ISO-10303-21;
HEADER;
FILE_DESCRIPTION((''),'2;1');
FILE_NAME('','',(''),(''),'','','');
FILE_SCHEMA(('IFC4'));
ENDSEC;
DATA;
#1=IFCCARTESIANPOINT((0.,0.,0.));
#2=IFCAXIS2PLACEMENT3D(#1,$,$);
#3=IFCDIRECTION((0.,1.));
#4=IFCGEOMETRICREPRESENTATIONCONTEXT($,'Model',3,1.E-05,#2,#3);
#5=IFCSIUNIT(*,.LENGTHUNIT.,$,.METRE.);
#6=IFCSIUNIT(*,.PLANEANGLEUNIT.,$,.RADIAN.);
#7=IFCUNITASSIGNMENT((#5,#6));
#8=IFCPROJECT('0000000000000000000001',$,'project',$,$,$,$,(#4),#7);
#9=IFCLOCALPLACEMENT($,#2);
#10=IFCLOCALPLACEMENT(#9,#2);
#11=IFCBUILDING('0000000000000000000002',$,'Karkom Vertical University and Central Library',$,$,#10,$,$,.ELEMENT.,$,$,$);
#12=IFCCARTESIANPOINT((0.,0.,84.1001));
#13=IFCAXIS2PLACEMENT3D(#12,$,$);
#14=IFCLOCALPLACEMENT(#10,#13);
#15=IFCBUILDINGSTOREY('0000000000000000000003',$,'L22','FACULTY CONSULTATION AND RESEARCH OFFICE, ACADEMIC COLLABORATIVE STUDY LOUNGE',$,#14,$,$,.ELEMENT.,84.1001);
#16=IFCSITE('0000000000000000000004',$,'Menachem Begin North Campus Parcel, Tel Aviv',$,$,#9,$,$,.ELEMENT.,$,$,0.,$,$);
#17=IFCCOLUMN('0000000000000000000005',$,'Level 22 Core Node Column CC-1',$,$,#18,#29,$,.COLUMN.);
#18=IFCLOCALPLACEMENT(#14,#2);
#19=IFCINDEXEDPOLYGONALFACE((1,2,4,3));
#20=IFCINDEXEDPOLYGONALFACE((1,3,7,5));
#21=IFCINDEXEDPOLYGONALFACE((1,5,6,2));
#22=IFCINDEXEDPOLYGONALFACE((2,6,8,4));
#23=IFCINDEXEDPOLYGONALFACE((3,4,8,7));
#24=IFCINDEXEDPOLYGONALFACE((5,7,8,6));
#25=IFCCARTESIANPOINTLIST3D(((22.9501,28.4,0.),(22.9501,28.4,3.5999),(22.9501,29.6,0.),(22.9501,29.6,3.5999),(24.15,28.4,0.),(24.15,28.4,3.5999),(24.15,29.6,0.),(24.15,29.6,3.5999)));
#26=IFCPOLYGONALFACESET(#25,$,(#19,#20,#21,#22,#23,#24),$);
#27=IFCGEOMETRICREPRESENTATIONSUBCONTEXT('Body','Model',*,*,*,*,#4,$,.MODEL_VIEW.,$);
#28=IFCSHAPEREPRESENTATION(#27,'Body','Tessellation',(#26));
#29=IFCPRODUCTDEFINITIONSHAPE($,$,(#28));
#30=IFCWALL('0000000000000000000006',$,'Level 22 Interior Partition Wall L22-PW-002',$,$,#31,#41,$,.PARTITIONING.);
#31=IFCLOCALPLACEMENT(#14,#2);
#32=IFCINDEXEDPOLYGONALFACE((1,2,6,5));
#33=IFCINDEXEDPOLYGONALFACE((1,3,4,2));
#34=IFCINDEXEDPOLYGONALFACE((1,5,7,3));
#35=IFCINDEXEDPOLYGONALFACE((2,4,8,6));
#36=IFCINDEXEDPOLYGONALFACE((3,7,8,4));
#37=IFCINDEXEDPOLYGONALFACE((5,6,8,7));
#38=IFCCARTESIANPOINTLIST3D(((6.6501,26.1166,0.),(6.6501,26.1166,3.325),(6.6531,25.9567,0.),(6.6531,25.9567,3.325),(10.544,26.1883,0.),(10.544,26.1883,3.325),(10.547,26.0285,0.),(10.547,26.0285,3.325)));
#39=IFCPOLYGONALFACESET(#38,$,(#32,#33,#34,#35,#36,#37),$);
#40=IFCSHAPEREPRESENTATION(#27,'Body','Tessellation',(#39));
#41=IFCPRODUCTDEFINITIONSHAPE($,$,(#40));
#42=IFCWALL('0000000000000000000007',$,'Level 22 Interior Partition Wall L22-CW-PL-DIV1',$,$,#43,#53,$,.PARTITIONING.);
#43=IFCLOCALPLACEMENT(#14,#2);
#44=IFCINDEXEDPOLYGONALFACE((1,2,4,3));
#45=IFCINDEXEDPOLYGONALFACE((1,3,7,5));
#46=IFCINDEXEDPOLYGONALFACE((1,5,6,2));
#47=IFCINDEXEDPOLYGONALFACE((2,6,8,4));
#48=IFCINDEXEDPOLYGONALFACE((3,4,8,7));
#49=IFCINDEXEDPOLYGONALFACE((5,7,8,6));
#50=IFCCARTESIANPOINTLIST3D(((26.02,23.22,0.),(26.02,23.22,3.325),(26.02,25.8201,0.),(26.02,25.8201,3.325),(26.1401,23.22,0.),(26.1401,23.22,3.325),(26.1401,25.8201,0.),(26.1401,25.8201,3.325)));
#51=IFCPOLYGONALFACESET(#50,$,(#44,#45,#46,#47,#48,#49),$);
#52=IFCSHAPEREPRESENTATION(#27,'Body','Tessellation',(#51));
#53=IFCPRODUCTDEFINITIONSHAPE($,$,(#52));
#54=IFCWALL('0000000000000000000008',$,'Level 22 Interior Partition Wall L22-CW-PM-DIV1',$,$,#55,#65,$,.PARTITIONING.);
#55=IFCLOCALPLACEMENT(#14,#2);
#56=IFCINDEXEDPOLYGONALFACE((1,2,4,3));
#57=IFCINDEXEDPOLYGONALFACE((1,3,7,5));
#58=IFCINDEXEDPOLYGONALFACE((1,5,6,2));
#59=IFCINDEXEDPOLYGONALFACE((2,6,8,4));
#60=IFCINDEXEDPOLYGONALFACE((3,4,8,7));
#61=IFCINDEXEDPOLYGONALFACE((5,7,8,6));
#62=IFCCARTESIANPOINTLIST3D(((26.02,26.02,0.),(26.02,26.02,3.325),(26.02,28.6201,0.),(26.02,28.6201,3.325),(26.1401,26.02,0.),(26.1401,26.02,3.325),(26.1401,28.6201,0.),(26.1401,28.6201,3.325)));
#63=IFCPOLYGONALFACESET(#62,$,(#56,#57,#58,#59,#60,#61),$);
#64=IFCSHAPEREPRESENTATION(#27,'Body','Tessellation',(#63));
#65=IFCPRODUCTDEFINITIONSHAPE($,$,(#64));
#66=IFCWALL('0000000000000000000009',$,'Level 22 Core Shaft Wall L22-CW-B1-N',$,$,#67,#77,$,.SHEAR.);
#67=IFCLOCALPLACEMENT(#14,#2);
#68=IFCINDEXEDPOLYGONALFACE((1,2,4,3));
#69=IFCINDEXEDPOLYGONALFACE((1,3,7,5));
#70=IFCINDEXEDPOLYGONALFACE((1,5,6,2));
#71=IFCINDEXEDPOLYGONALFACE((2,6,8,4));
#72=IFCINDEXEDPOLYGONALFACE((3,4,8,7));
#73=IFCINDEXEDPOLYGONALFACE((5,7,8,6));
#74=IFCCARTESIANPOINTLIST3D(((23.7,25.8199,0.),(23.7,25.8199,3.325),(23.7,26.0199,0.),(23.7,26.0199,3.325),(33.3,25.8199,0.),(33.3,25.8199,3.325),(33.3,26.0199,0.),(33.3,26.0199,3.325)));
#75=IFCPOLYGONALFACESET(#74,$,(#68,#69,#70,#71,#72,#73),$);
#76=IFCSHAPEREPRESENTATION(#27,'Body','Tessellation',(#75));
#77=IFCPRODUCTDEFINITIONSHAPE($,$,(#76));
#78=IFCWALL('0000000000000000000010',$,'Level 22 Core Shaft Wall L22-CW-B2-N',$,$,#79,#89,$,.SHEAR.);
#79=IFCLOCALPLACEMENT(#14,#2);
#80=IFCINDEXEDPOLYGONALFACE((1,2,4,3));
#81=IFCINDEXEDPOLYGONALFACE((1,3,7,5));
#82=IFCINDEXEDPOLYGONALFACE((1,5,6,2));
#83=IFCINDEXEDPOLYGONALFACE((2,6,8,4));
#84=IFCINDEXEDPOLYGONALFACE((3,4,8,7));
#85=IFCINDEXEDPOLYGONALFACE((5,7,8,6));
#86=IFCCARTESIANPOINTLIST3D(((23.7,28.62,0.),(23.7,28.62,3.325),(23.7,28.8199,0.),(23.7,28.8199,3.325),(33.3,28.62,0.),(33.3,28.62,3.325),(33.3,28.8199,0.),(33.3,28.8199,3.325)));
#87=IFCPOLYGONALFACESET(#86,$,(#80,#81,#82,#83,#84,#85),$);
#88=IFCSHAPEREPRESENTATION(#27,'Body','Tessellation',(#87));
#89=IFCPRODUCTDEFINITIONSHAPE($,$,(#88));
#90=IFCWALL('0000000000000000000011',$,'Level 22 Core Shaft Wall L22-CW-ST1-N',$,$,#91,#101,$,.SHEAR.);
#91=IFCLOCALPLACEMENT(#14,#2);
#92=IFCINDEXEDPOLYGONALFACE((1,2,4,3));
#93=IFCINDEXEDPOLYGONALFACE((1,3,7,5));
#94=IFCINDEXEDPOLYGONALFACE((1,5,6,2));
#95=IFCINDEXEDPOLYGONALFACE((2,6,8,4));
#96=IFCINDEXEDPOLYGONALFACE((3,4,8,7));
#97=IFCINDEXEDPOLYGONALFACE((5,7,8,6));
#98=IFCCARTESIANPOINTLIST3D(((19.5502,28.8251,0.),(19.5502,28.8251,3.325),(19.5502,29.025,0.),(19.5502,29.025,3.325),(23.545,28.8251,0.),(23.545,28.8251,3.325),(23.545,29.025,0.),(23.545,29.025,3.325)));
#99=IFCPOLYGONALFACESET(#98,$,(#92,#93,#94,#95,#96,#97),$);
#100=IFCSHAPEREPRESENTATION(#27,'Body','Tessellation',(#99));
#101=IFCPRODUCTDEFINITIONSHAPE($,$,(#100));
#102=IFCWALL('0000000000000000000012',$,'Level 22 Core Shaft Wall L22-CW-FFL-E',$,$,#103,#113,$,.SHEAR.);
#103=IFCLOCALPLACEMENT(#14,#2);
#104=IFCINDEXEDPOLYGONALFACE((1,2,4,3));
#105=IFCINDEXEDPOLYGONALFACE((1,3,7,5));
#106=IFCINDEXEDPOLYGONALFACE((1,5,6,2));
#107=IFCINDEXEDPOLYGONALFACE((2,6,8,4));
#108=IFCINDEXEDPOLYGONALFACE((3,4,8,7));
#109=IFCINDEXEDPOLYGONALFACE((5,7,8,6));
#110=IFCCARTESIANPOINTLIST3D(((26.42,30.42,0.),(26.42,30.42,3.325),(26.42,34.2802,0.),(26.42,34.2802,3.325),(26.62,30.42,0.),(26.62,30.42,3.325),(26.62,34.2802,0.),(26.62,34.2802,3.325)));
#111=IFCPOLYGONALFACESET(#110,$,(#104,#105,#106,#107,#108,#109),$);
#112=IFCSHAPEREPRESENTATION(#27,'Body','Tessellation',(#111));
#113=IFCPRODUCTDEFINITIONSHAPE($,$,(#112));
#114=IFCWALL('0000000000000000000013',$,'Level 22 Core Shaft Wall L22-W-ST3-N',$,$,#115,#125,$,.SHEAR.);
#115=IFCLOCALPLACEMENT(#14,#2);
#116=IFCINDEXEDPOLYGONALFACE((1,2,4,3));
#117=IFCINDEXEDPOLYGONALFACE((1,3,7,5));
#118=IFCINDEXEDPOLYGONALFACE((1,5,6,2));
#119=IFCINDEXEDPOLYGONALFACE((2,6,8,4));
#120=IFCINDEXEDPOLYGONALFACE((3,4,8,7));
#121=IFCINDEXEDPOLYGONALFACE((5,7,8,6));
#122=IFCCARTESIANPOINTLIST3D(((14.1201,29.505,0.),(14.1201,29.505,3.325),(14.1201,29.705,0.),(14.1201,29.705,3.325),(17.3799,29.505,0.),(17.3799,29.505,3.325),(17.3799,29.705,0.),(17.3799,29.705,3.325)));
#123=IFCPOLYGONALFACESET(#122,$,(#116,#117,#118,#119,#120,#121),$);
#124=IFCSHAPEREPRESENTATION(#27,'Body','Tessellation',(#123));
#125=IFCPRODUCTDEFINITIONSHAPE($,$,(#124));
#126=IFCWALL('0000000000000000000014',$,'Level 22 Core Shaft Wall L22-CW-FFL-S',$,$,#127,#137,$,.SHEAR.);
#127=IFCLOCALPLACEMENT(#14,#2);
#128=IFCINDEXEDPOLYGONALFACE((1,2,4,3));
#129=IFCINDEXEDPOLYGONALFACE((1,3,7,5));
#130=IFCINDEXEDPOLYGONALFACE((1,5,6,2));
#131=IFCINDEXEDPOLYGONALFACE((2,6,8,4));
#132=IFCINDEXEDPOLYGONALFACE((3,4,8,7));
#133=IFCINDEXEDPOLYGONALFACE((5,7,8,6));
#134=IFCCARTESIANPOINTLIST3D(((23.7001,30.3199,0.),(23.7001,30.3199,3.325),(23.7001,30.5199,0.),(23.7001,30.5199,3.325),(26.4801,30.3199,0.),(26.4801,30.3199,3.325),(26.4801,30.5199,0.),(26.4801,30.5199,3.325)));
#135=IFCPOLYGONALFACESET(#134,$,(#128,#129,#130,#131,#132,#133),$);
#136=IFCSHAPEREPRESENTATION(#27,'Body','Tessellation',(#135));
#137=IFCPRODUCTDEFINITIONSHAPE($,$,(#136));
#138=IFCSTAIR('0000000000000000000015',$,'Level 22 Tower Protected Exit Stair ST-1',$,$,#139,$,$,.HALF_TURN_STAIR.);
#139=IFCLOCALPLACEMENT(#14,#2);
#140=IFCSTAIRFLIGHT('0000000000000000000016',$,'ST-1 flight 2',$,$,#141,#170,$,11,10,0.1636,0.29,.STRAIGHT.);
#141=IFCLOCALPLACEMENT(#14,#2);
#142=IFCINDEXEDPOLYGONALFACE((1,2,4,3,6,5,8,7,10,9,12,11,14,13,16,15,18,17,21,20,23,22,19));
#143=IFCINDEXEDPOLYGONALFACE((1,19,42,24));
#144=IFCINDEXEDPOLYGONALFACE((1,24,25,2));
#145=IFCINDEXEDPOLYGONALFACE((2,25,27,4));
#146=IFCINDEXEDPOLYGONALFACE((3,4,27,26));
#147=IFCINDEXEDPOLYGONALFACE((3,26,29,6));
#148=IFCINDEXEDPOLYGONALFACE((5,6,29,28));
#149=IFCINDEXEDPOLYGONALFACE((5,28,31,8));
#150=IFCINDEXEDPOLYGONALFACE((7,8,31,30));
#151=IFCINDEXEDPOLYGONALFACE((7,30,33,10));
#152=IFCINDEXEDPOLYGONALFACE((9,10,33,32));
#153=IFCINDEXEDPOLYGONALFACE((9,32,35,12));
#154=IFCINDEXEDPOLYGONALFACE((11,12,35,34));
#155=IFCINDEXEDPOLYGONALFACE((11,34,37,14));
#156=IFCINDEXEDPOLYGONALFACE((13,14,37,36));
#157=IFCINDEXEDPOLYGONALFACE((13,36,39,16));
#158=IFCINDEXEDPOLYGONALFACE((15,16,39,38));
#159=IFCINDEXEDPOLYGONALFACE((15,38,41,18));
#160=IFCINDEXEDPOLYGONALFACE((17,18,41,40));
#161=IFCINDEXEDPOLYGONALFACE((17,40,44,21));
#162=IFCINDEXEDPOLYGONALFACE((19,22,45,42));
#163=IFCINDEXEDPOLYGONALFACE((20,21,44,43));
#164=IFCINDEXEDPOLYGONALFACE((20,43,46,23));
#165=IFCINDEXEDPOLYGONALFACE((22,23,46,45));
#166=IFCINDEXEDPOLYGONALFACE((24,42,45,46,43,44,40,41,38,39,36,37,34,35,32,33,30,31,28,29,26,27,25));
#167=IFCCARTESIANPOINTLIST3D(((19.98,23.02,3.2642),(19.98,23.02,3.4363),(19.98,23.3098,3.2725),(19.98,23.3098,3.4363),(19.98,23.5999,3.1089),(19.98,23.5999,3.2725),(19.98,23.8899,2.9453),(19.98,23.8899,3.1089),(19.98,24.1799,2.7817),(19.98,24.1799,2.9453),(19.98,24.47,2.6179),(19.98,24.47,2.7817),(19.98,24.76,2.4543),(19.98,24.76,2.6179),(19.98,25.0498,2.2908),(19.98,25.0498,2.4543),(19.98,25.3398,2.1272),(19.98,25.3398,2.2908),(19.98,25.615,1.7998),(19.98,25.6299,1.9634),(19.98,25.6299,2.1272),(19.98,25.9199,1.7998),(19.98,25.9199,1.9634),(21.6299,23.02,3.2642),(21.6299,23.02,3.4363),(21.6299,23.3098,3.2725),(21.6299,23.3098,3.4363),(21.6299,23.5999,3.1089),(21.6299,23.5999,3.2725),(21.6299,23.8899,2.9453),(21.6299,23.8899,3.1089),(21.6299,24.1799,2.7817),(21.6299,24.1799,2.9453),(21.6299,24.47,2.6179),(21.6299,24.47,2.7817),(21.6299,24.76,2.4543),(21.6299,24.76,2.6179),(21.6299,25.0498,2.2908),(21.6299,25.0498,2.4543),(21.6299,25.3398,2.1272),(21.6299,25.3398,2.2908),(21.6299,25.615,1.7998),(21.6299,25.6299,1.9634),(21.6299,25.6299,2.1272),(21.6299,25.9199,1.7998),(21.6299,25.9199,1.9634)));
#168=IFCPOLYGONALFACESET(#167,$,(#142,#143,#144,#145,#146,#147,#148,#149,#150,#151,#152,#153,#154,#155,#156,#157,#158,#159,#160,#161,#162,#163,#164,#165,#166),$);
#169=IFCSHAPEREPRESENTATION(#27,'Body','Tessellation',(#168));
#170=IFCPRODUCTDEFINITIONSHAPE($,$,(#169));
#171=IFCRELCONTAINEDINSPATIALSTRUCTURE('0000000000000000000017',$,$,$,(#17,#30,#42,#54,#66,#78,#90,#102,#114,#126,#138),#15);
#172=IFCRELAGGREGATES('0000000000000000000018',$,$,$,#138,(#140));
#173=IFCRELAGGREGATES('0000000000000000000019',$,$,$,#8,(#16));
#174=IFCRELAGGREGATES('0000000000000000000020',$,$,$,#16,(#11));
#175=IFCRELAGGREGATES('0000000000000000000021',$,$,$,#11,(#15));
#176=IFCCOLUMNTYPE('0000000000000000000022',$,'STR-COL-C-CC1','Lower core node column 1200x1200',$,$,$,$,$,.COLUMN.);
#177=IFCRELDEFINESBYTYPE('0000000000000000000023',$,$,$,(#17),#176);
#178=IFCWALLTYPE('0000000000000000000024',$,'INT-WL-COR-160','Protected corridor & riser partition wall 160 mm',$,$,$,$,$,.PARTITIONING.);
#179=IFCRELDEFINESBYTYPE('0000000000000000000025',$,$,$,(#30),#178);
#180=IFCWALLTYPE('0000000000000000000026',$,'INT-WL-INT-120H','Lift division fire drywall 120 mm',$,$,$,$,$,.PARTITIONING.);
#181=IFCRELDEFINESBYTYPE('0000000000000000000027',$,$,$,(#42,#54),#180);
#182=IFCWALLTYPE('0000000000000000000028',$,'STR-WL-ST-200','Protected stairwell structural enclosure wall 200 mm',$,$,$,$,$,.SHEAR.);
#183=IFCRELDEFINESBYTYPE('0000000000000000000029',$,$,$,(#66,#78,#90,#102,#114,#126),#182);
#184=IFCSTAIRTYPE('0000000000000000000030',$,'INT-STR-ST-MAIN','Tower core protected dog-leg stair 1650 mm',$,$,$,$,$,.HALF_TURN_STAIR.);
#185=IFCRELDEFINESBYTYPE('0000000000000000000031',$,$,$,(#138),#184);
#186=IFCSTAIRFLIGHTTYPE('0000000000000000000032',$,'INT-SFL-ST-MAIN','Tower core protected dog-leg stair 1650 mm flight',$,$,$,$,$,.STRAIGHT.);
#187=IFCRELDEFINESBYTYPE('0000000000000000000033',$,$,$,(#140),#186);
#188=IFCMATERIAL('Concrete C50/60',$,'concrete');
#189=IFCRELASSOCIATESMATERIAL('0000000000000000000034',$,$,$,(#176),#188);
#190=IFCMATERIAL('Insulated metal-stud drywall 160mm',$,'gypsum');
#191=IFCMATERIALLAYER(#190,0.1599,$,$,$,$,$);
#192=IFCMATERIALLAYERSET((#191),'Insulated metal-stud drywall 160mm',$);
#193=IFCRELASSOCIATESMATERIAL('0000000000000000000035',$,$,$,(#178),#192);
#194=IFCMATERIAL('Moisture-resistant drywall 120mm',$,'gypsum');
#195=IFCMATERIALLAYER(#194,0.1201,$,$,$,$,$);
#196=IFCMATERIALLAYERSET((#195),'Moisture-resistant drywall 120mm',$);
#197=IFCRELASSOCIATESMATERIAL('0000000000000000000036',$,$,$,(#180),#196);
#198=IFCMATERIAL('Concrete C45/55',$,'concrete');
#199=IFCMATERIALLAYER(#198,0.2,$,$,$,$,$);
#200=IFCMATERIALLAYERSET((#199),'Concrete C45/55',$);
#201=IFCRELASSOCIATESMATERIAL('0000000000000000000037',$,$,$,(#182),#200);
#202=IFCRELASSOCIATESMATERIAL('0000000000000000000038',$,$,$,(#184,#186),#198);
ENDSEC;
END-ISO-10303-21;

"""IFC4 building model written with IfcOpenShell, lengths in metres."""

from ifc_helpers import new_model, si_unit, direction, frame, frame_2d, origin, origin_with_axes, origin_2d, place, context, subcontext, project, spatial, polyline, rectangle, outline, extrude, source, transform, mapped, material, layer, layer_set, material_profile, profile_set, type_object, element, aggregate, save


model = new_model("IFC4")

# Units and contexts
model_context = context("Model", 3, precision=1e-05, world=origin(), true_north=direction((0.0, 1.0)))
body_context = subcontext(model_context, "Body", "Model", "MODEL_VIEW")
ifc_project = project(units=[si_unit("LENGTHUNIT", "METRE"), si_unit("PLANEANGLEUNIT", "RADIAN")], contexts=[model_context])

# Site, building, storey
site_placement = place(None, origin())
site = spatial("IfcSite", under=ifc_project, at=site_placement, Name="Menachem Begin North Campus Parcel, Tel Aviv", CompositionType="ELEMENT", RefElevation=0.0)
building_placement = place(site_placement, origin())
building = spatial("IfcBuilding", under=site, at=building_placement, Name="Karkom Vertical University and Central Library", CompositionType="ELEMENT")
storey_placement = place(building_placement, frame((0.0, 0.0, 84.1001)))
storey = spatial("IfcBuildingStorey", under=building, at=storey_placement, Name="L22", Description="FACULTY CONSULTATION AND RESEARCH OFFICE, ACADEMIC COLLABORATIVE STUDY LOUNGE", CompositionType="ELEMENT", Elevation=84.1001)

# Column
ifc_material_1 = material(Name="Concrete C50/60", Category="concrete")
ifc_material_profile = material_profile(ifc_material_1, rectangle(XDim=1.2, YDim=1.2, at=origin_2d()), Name="RC-1200x1200")
ifc_profile_set = profile_set([ifc_material_profile], Name="Concrete C50/60")
column_type = type_object("IfcColumnType", Name="STR-COL-C-CC1", Description="Lower core node column 1200x1200", PredefinedType="COLUMN", material=ifc_profile_set)
shared_shape = source(origin_with_axes(), body_context, "Body", "SweptSolid", [
    extrude(rectangle(XDim=1.2, YDim=1.2, at=origin_2d()), origin(), (0.0, 0.0, 1.0), 3.5999),
])
column_placement = place(storey_placement, frame((23.55, 29.0, 0.0), z_axis=(0.0, 0.0, 1.0), x_axis=(1.0, 0.0, 0.0)))
element("IfcColumn", 1, at=column_placement, inside=storey, type_object=column_type, Name="Level 22 Core Node Column CC-1", PredefinedType="COLUMN", context=body_context, shape_type="MappedRepresentation", body=[
    mapped(shared_shape, transform((0.0, 0.0, 0.0), scale=1.0)),
])

# Walls
ifc_material_2 = material(Name="Insulated metal-stud drywall 160mm", Category="gypsum")
ifc_layer_1 = layer(ifc_material_2, 0.1599)
ifc_layer_set_1 = layer_set([ifc_layer_1], Name="Insulated metal-stud drywall 160mm")
wall_type_1 = type_object("IfcWallType", Name="INT-WL-COR-160", Description="Protected corridor & riser partition wall 160 mm", PredefinedType="PARTITIONING", material=ifc_layer_set_1)
wall_1_placement = place(storey_placement, frame((6.6516, 26.0366, 0.0), z_axis=(0.0, 0.0, 1.0), x_axis=(0.99983, 0.018431, 0.0)))
element("IfcWall", 2, at=wall_1_placement, inside=storey, type_object=wall_type_1, Name="Level 22 Interior Partition Wall L22-PW-002", PredefinedType="PARTITIONING", context=body_context, shape_type="SweptSolid", body=[
    extrude(rectangle(XDim=3.8945, YDim=0.1599, at=frame_2d((1.9473, 0.0))), origin(), (0.0, 0.0, 1.0), 3.325),
])
ifc_material_3 = material(Name="Moisture-resistant drywall 120mm", Category="gypsum")
ifc_layer_2 = layer(ifc_material_3, 0.1201)
ifc_layer_set_2 = layer_set([ifc_layer_2], Name="Moisture-resistant drywall 120mm")
wall_type_2 = type_object("IfcWallType", Name="INT-WL-INT-120H", Description="Lift division fire drywall 120 mm", PredefinedType="PARTITIONING", material=ifc_layer_set_2)
for number, where, z_axis, x_axis, name in (
    (3, (26.0801, 23.22, 0.0), (0.0, 0.0, 1.0), (0.0, 1.0, 0.0), "Level 22 Interior Partition Wall L22-CW-PL-DIV1"),
    (4, (26.0801, 26.02, 0.0), (0.0, 0.0, 1.0), (0.0, 1.0, 0.0), "Level 22 Interior Partition Wall L22-CW-PM-DIV1"),
):
    element("IfcWall", number, at=place(storey_placement, frame(where, z_axis=z_axis, x_axis=x_axis)), inside=storey, type_object=wall_type_2, Name=name, PredefinedType="PARTITIONING", context=body_context, shape_type="SweptSolid", body=[
        extrude(rectangle(XDim=2.6001, YDim=0.1201, at=frame_2d((1.3, 0.0))), origin(), (0.0, 0.0, 1.0), 3.325),
    ])
ifc_material_4 = material(Name="Concrete C45/55", Category="concrete")
ifc_layer_3 = layer(ifc_material_4, 0.2)
ifc_layer_set_3 = layer_set([ifc_layer_3], Name="Concrete C45/55")
wall_type_3 = type_object("IfcWallType", Name="STR-WL-ST-200", Description="Protected stairwell structural enclosure wall 200 mm", PredefinedType="SHEAR", material=ifc_layer_set_3)
for number, where, z_axis, x_axis, name in (
    (5, (23.7, 25.9199, 0.0), (0.0, 0.0, 1.0), (1.0, 0.0, 0.0), "Level 22 Core Shaft Wall L22-CW-B1-N"),
    (6, (23.7, 28.72, 0.0), (0.0, 0.0, 1.0), (1.0, 0.0, 0.0), "Level 22 Core Shaft Wall L22-CW-B2-N"),
):
    element("IfcWall", number, at=place(storey_placement, frame(where, z_axis=z_axis, x_axis=x_axis)), inside=storey, type_object=wall_type_3, Name=name, PredefinedType="SHEAR", context=body_context, shape_type="SweptSolid", body=[
        extrude(rectangle(XDim=9.6001, YDim=0.2, at=frame_2d((4.8, 0.0))), origin(), (0.0, 0.0, 1.0), 3.325),
    ])
wall_2_placement = place(storey_placement, frame((19.55, 28.925, 0.0), z_axis=(0.0, 0.0, 1.0), x_axis=(1.0, 0.0, 0.0)))
element("IfcWall", 7, at=wall_2_placement, inside=storey, type_object=wall_type_3, Name="Level 22 Core Shaft Wall L22-CW-ST1-N", PredefinedType="SHEAR", context=body_context, shape_type="SweptSolid", body=[
    extrude(rectangle(XDim=3.9949, YDim=0.2, at=frame_2d((1.9976, 0.0))), origin(), (0.0, 0.0, 1.0), 3.325),
])
wall_3_placement = place(storey_placement, frame((26.52, 30.4199, 0.0), z_axis=(0.0, 0.0, 1.0), x_axis=(0.0, 1.0, 0.0)))
element("IfcWall", 8, at=wall_3_placement, inside=storey, type_object=wall_type_3, Name="Level 22 Core Shaft Wall L22-CW-FFL-E", PredefinedType="SHEAR", context=body_context, shape_type="SweptSolid", body=[
    extrude(rectangle(XDim=3.8601, YDim=0.2, at=frame_2d((1.9302, 0.0))), origin(), (0.0, 0.0, 1.0), 3.325),
])
wall_4_placement = place(storey_placement, frame((14.1201, 29.605, 0.0), z_axis=(0.0, 0.0, 1.0), x_axis=(1.0, 0.0, 0.0)))
element("IfcWall", 9, at=wall_4_placement, inside=storey, type_object=wall_type_3, Name="Level 22 Core Shaft Wall L22-W-ST3-N", PredefinedType="SHEAR", context=body_context, shape_type="SweptSolid", body=[
    extrude(rectangle(XDim=3.2598, YDim=0.2, at=frame_2d((1.6299, 0.0))), origin(), (0.0, 0.0, 1.0), 3.325),
])
wall_5_placement = place(storey_placement, frame((23.7, 30.4199, 0.0), z_axis=(0.0, 0.0, 1.0), x_axis=(1.0, 0.0, 0.0)))
element("IfcWall", 10, at=wall_5_placement, inside=storey, type_object=wall_type_3, Name="Level 22 Core Shaft Wall L22-CW-FFL-S", PredefinedType="SHEAR", context=body_context, shape_type="SweptSolid", body=[
    extrude(rectangle(XDim=2.78, YDim=0.2, at=frame_2d((1.3901, 0.0))), origin(), (0.0, 0.0, 1.0), 3.325),
])

# Stair, stair flight
stair_type_1 = type_object("IfcStairType", Name="INT-STR-ST-MAIN", Description="Tower core protected dog-leg stair 1650 mm", PredefinedType="HALF_TURN_STAIR", material=ifc_material_4)
stair_1_placement = place(storey_placement, origin())
stair_1 = element("IfcStair", 11, at=stair_1_placement, inside=storey, type_object=stair_type_1, Name="Level 22 Tower Protected Exit Stair ST-1", PredefinedType="HALF_TURN_STAIR")
stair_flight_type_1 = type_object("IfcStairFlightType", Name="INT-SFL-ST-MAIN", Description="Tower core protected dog-leg stair 1650 mm flight", PredefinedType="STRAIGHT", material=ifc_material_4)
stair_flight_1_placement = place(storey_placement, frame((20.8049, 25.9199, 1.7998), z_axis=(0.0, 0.0, 1.0), x_axis=(0.0, -1.0, 0.0)))
stair_flight_1 = element("IfcStairFlight", 12, at=stair_flight_1_placement, type_object=stair_flight_type_1, Name="ST-1 flight 2", NumberOfRisers=11, NumberOfTreads=10, PredefinedType="STRAIGHT", RiserHeight=0.1636, TreadLength=0.29, context=body_context, shape_type="SweptSolid", body=[
    extrude(outline(polyline([(0.0, 0.0), (0.0, 0.1636), (0.29, 0.1636), (0.29, 0.3274), (0.5801, 0.3274), (0.5801, 0.491), (0.8701, 0.491), (0.8701, 0.6545), (1.1599, 0.6545), (1.1599, 0.8181), (1.45, 0.8181), (1.45, 0.9819), (1.74, 0.9819), (1.74, 1.1455), (2.03, 1.1455), (2.03, 1.3091), (2.3201, 1.3091), (2.3201, 1.4727), (2.6101, 1.4727), (2.6101, 1.6365), (2.8999, 1.6365), (2.8999, 1.8), (2.8999, 1.4644), (0.3049, 0.0), (0.0, 0.0)])), frame((0.0, 0.825, 0.0), z_axis=(0.0, -1.0, 0.0), x_axis=(1.0, 0.0, 0.0)), (0.0, 0.0, 1.0), 1.6499),
])
aggregate(stair_1, [stair_flight_1])

save(model, "model.ifc")
